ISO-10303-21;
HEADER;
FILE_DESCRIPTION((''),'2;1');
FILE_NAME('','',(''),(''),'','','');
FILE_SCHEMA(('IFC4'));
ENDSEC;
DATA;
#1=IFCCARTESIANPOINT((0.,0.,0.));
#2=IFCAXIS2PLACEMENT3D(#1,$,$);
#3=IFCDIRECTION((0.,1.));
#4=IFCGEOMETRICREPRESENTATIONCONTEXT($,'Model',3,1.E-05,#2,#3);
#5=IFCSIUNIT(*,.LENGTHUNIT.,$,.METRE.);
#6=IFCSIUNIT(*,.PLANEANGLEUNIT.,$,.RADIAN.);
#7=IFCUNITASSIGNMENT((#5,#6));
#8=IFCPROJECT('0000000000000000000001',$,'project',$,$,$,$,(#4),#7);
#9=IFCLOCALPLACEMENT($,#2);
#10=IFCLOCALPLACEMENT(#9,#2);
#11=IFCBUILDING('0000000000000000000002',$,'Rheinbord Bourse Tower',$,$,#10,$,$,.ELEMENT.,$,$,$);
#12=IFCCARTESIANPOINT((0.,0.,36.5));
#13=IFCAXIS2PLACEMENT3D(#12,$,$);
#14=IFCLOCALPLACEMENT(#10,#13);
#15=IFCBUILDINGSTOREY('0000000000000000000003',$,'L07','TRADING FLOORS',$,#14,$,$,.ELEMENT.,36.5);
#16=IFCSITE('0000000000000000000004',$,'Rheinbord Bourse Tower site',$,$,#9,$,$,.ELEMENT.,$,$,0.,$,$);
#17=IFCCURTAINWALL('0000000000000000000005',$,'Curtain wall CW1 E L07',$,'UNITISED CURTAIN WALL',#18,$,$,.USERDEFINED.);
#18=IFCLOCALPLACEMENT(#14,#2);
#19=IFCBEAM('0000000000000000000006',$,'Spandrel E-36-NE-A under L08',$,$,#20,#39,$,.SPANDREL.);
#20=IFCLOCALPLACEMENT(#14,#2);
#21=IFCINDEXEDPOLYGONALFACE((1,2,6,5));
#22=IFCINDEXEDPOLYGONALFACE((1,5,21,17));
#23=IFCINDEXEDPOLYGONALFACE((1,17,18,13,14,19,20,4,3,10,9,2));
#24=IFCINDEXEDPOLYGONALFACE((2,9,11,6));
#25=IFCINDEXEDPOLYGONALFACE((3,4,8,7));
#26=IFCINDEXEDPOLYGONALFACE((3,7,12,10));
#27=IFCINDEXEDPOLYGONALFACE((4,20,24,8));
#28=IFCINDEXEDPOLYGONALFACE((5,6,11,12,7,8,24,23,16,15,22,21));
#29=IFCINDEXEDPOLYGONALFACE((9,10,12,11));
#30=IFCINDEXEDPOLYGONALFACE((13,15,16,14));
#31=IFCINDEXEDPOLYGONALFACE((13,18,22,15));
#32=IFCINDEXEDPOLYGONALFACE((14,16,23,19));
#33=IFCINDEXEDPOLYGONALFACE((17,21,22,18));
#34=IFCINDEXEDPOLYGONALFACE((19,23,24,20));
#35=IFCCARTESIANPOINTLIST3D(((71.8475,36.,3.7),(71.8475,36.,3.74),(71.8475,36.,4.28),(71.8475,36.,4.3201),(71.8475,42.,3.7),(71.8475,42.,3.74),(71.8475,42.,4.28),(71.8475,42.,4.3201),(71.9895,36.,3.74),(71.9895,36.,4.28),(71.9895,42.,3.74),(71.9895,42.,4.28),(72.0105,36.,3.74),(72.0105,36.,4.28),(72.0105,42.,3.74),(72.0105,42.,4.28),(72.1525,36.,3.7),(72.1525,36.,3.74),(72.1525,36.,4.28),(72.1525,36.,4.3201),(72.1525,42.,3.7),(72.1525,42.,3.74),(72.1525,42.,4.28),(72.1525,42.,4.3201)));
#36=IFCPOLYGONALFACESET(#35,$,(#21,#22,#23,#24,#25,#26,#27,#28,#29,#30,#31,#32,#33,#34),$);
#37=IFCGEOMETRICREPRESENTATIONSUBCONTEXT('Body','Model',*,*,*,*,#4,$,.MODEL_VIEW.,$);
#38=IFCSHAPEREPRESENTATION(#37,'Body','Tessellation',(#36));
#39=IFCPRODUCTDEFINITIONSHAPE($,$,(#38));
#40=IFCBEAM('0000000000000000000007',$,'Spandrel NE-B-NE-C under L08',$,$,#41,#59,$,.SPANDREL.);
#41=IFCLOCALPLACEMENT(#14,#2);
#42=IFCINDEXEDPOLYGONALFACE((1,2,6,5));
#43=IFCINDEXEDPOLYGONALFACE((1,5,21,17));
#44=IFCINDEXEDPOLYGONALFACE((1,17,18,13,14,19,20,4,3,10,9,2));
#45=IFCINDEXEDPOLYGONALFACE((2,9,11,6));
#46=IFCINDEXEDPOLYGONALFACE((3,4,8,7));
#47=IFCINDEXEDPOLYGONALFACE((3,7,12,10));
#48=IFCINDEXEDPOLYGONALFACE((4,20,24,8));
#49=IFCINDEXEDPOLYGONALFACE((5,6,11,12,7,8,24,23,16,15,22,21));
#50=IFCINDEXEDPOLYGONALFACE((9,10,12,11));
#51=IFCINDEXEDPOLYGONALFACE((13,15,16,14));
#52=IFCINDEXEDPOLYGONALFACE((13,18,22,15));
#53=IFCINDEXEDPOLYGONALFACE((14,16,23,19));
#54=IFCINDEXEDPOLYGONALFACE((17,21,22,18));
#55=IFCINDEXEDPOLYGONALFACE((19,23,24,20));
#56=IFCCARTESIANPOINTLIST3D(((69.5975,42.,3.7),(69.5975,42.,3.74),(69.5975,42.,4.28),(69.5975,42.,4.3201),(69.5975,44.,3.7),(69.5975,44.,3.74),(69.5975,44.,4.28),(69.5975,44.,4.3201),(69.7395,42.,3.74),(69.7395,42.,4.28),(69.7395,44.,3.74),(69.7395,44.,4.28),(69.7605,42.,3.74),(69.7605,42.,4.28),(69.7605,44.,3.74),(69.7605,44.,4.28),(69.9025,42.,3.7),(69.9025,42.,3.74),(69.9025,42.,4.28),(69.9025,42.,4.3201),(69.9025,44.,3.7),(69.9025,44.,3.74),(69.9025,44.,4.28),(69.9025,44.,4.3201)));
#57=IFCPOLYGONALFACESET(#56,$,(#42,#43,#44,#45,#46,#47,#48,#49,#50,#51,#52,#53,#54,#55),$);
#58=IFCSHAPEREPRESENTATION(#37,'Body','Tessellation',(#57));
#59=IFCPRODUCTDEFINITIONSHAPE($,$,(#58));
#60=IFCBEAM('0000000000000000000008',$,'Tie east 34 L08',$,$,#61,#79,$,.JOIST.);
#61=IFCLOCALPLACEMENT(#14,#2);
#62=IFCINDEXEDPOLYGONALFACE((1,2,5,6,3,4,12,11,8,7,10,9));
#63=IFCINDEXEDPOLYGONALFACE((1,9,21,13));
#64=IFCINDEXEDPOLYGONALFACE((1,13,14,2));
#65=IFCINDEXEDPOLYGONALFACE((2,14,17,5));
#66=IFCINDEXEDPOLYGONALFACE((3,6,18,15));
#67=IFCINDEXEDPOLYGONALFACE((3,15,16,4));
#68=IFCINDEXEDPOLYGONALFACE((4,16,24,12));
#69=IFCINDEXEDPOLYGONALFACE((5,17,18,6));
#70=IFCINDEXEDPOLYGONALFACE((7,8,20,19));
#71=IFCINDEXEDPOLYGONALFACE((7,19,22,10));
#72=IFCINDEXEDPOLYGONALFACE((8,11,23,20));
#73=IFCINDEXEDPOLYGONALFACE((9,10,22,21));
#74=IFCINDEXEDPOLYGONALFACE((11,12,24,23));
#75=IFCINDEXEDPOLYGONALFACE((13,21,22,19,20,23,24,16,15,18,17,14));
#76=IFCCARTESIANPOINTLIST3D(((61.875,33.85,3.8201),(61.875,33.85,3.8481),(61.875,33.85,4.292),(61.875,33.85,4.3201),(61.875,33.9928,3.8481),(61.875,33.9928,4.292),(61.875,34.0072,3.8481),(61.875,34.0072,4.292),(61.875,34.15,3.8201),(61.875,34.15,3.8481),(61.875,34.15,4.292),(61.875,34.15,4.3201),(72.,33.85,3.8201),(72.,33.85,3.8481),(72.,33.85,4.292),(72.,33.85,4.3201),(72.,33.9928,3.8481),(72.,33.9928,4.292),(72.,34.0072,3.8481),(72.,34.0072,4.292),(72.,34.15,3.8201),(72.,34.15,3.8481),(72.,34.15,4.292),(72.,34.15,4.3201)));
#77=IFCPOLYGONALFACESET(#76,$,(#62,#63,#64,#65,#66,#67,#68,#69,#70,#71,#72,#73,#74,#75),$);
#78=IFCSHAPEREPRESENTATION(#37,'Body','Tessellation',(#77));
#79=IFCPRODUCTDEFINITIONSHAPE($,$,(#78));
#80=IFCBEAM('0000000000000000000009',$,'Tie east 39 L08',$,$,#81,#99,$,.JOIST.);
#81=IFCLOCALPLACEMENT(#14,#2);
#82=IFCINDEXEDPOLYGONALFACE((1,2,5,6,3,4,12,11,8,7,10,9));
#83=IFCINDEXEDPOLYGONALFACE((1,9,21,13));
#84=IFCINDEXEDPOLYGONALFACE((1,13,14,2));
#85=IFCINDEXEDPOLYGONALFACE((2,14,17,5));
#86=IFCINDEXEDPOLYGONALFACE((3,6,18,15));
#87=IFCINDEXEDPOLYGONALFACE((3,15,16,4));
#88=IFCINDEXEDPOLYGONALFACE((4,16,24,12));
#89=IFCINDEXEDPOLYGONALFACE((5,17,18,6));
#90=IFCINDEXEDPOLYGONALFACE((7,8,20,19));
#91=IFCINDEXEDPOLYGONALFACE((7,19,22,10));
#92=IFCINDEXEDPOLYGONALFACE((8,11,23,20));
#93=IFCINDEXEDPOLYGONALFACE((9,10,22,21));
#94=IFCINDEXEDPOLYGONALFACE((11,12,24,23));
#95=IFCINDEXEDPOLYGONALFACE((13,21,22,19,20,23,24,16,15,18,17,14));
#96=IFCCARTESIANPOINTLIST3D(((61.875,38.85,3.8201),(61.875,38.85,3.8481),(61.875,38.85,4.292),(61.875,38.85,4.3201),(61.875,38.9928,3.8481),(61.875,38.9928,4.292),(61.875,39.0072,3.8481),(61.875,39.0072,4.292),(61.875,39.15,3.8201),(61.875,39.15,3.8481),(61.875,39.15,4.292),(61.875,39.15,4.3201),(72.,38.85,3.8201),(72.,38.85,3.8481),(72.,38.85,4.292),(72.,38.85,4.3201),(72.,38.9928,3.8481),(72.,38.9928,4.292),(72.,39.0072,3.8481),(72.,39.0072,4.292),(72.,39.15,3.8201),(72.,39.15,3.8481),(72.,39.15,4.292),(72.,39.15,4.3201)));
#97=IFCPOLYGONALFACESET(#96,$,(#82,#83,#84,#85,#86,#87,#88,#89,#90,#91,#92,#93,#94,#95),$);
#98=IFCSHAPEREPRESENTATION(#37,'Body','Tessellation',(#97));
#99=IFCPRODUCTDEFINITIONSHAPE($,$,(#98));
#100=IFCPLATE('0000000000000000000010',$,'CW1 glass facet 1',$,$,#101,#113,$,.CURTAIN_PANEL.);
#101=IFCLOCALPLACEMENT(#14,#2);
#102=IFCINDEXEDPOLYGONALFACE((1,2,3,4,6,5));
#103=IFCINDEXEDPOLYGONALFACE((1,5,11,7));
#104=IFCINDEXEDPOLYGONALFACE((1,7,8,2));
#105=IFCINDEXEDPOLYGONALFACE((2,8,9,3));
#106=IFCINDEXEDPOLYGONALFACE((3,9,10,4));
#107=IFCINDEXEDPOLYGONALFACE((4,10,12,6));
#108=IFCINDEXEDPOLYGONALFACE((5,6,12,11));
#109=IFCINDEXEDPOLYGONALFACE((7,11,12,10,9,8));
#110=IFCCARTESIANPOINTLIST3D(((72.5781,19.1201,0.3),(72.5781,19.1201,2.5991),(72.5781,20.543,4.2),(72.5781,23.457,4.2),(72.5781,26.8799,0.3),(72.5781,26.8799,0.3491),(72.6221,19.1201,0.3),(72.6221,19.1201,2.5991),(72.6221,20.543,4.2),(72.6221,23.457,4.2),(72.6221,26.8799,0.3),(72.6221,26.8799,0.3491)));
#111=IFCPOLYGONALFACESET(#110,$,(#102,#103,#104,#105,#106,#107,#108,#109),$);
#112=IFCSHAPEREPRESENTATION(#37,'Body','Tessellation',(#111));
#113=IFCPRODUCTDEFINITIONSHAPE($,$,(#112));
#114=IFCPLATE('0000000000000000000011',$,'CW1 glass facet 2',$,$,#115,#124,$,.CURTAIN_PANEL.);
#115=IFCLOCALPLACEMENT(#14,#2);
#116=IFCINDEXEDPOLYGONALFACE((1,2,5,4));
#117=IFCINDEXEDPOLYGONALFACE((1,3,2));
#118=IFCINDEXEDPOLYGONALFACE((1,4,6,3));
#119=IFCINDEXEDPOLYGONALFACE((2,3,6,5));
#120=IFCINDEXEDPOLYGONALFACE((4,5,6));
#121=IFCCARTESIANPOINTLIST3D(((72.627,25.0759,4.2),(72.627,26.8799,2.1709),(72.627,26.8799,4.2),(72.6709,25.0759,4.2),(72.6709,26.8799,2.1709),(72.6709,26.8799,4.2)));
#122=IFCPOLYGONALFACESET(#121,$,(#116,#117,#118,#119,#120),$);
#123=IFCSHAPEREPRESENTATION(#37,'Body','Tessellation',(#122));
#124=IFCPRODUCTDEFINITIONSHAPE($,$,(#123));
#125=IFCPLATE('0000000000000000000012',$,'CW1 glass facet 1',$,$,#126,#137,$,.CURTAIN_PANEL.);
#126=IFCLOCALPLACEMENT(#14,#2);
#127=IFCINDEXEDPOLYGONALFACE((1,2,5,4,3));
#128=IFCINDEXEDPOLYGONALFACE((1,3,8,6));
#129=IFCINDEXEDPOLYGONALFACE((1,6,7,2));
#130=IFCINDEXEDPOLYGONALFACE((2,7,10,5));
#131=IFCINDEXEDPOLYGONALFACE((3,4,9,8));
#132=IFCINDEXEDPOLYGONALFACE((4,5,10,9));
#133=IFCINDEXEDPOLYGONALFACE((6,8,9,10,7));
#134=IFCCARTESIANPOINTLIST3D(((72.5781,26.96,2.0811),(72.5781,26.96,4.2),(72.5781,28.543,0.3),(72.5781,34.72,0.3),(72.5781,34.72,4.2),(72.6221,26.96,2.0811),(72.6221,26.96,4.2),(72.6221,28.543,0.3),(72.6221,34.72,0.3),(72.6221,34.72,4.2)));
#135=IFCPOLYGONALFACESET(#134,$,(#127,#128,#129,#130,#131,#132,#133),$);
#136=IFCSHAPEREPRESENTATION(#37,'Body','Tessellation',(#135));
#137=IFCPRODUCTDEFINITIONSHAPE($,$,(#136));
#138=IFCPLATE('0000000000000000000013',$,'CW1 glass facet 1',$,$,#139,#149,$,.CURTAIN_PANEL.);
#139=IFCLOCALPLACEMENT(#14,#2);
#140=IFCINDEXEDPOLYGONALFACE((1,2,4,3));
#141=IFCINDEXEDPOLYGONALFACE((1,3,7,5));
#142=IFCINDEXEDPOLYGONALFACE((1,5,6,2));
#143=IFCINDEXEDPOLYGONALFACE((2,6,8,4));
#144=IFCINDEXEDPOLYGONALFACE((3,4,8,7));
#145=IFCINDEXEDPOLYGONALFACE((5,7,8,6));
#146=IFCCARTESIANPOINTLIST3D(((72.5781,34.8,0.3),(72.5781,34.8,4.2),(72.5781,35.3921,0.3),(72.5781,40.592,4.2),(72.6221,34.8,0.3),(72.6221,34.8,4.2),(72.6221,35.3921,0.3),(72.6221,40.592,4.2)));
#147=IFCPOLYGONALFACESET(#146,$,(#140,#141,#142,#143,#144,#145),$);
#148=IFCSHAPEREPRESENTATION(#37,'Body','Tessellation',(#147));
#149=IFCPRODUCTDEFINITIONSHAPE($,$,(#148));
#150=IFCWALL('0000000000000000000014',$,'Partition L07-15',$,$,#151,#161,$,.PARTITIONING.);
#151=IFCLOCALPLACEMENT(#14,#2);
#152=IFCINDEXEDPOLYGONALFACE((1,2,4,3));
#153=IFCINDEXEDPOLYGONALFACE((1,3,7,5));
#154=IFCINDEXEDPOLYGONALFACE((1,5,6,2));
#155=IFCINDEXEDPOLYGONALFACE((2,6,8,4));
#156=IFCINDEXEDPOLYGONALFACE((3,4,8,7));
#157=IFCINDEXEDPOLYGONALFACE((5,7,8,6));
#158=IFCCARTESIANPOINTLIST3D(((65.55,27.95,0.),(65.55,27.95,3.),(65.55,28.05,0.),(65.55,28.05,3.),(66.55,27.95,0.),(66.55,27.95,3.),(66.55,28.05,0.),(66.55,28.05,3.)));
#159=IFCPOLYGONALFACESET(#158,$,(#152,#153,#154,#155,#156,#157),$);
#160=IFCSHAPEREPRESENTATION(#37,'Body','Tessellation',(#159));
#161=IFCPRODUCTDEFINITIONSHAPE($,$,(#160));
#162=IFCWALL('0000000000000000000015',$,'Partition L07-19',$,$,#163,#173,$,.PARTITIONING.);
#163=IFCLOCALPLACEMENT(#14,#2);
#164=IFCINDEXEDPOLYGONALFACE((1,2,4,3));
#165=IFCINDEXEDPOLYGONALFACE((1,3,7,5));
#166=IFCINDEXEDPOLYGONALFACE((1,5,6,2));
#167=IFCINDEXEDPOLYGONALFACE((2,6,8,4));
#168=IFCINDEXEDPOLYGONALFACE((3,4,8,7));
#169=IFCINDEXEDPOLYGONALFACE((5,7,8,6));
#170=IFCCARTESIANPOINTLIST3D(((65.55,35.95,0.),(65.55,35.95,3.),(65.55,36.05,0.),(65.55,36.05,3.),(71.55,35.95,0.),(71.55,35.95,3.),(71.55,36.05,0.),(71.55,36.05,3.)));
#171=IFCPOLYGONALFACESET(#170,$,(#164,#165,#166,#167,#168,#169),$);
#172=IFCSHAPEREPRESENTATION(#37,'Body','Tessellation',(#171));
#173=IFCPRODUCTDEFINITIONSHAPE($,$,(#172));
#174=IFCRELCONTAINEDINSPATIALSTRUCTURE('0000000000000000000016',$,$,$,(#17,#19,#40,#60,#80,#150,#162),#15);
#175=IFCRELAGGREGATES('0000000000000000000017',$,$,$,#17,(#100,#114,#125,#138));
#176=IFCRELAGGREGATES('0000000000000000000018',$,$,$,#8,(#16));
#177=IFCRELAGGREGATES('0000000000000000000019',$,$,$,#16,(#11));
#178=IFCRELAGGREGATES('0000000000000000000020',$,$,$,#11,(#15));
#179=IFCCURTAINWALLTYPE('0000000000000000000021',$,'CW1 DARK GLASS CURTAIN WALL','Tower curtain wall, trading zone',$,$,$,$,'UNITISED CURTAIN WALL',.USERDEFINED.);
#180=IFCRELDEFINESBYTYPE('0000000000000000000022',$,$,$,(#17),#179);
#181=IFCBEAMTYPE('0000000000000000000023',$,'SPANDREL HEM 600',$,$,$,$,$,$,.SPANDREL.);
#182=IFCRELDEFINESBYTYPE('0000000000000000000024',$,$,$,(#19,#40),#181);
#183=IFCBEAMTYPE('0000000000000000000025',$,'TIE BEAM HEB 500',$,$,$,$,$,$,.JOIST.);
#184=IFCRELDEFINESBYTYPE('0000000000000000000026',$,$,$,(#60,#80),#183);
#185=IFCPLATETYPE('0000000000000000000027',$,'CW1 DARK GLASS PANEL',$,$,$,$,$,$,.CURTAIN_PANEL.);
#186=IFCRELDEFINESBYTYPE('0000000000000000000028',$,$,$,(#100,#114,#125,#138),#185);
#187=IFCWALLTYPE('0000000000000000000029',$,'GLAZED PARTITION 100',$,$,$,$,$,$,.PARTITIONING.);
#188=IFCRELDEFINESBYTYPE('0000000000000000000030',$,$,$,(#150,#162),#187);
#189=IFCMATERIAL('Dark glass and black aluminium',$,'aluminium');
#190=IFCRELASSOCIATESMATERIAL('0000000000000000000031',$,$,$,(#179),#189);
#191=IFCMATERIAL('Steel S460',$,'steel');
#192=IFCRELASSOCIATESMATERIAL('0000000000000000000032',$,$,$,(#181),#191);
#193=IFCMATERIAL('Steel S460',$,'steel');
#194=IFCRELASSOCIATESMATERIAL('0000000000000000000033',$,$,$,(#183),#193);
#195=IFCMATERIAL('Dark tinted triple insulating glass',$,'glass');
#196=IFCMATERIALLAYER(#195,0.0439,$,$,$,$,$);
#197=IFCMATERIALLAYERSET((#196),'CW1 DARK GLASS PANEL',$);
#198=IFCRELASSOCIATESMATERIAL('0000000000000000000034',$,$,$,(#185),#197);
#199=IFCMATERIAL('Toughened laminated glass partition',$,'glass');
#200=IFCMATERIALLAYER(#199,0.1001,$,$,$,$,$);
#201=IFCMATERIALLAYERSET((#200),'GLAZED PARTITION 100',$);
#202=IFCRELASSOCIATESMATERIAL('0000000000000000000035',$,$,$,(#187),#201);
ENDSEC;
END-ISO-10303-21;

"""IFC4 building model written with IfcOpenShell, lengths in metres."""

from ifc_helpers import new_model, si_unit, direction, frame, frame_2d, origin, origin_2d, place, context, subcontext, project, spatial, polyline, rectangle, i_section, outline, extrude, material, layer, layer_set, material_profile, profile_set, type_object, element, aggregate, save


model = new_model("IFC4")

# Units and contexts
model_context = context("Model", 3, precision=1e-05, world=origin(), true_north=direction((0.0, 1.0)))
body_context = subcontext(model_context, "Body", "Model", "MODEL_VIEW")
ifc_project = project(units=[si_unit("LENGTHUNIT", "METRE"), si_unit("PLANEANGLEUNIT", "RADIAN")], contexts=[model_context])

# Site, building, storey
site_placement = place(None, origin())
site = spatial("IfcSite", under=ifc_project, at=site_placement, Name="Rheinbord Bourse Tower site", CompositionType="ELEMENT", RefElevation=0.0)
building_placement = place(site_placement, origin())
building = spatial("IfcBuilding", under=site, at=building_placement, Name="Rheinbord Bourse Tower", CompositionType="ELEMENT")
storey_placement = place(building_placement, frame((0.0, 0.0, 36.5)))
storey = spatial("IfcBuildingStorey", under=building, at=storey_placement, Name="L07", Description="TRADING FLOORS", CompositionType="ELEMENT", Elevation=36.5)

# Curtain wall
ifc_material_1 = material(Name="Dark glass and black aluminium", Category="aluminium")
curtain_wall_type = type_object("IfcCurtainWallType", Name="CW1 DARK GLASS CURTAIN WALL", Description="Tower curtain wall, trading zone", ElementType="UNITISED CURTAIN WALL", PredefinedType="USERDEFINED", material=ifc_material_1)
curtain_wall_placement = place(storey_placement, origin())
curtain_wall = element("IfcCurtainWall", 1, at=curtain_wall_placement, inside=storey, type_object=curtain_wall_type, Name="Curtain wall CW1 E L07", ObjectType="UNITISED CURTAIN WALL", PredefinedType="USERDEFINED")

# Beams
ifc_material_2 = material(Name="Steel S460", Category="steel")
ifc_material_profile_1 = material_profile(ifc_material_2, i_section(OverallWidth=0.3049, OverallDepth=0.6201, WebThickness=0.021, FlangeThickness=0.04, at=origin_2d()), Name="HEM 600")
ifc_profile_set_1 = profile_set([ifc_material_profile_1], Name="Steel S460")
beam_type_1 = type_object("IfcBeamType", Name="SPANDREL HEM 600", PredefinedType="SPANDREL", material=ifc_profile_set_1)
beam_1_placement = place(storey_placement, frame((72.0, 36.0, 4.01), z_axis=(0.0, 1.0, 0.0), x_axis=(-1.0, 0.0, 0.0)))
element("IfcBeam", 2, at=beam_1_placement, inside=storey, type_object=beam_type_1, Name="Spandrel E-36-NE-A under L08", PredefinedType="SPANDREL", context=body_context, shape_type="SweptSolid", body=[
    extrude(i_section(OverallWidth=0.3049, OverallDepth=0.6201, WebThickness=0.021, FlangeThickness=0.04, at=origin_2d()), origin(), (0.0, 0.0, 1.0), 6.0),
])
beam_2_placement = place(storey_placement, frame((69.75, 42.0, 4.01), z_axis=(0.0, 1.0, 0.0), x_axis=(-1.0, 0.0, 0.0)))
element("IfcBeam", 3, at=beam_2_placement, inside=storey, type_object=beam_type_1, Name="Spandrel NE-B-NE-C under L08", PredefinedType="SPANDREL", context=body_context, shape_type="SweptSolid", body=[
    extrude(i_section(OverallWidth=0.3049, OverallDepth=0.6201, WebThickness=0.021, FlangeThickness=0.04, at=origin_2d()), origin(), (0.0, 0.0, 1.0), 2.0),
])
ifc_material_3 = material(Name="Steel S460", Category="steel")
ifc_material_profile_2 = material_profile(ifc_material_3, i_section(OverallWidth=0.3, OverallDepth=0.5, WebThickness=0.0144, FlangeThickness=0.0281, at=origin_2d()), Name="HEB 500")
ifc_profile_set_2 = profile_set([ifc_material_profile_2], Name="Steel S460")
beam_type_2 = type_object("IfcBeamType", Name="TIE BEAM HEB 500", PredefinedType="JOIST", material=ifc_profile_set_2)
for number, where, z_axis, x_axis, name in (
    (4, (61.875, 34.0, 4.0701), (1.0, 0.0, 0.0), (0.0, 1.0, 0.0), "Tie east 34 L08"),
    (5, (61.875, 39.0, 4.0701), (1.0, 0.0, 0.0), (0.0, 1.0, 0.0), "Tie east 39 L08"),
):
    element("IfcBeam", number, at=place(storey_placement, frame(where, z_axis=z_axis, x_axis=x_axis)), inside=storey, type_object=beam_type_2, Name=name, PredefinedType="JOIST", context=body_context, shape_type="SweptSolid", body=[
        extrude(i_section(OverallWidth=0.3, OverallDepth=0.5, WebThickness=0.0144, FlangeThickness=0.0281, at=origin_2d()), origin(), (0.0, 0.0, 1.0), 10.125),
    ])

# Plates
ifc_material_4 = material(Name="Dark tinted triple insulating glass", Category="glass")
ifc_layer_1 = layer(ifc_material_4, 0.0439)
ifc_layer_set_1 = layer_set([ifc_layer_1], Name="CW1 DARK GLASS PANEL")
plate_type = type_object("IfcPlateType", Name="CW1 DARK GLASS PANEL", PredefinedType="CURTAIN_PANEL", material=ifc_layer_set_1)
plate_1_placement = place(storey_placement, frame((72.6221, 26.8799, 0.3), z_axis=(-1.0, 0.0, 0.0), x_axis=(0.0, -1.0, 0.0)))
plate_1 = element("IfcPlate", 6, at=plate_1_placement, type_object=plate_type, Name="CW1 glass facet 1", PredefinedType="CURTAIN_PANEL", context=body_context, shape_type="SweptSolid", body=[
    extrude(outline(polyline([(0.0, 0.0), (7.7598, 0.0), (7.7598, 2.2991), (6.3369, 3.8999), (3.4229, 3.8999), (0.0, 0.0491), (0.0, 0.0)])), origin(), (0.0, 0.0, 1.0), 0.0439),
])
plate_2_placement = place(storey_placement, frame((72.6709, 26.8799, 4.2), z_axis=(-1.0, 0.0, 0.0), x_axis=(0.0, 0.0, -1.0)))
plate_2 = element("IfcPlate", 7, at=plate_2_placement, type_object=plate_type, Name="CW1 glass facet 2", PredefinedType="CURTAIN_PANEL", context=body_context, shape_type="SweptSolid", body=[
    extrude(outline(polyline([(0.0, 0.0), (2.0291, 0.0), (0.0, 1.804), (0.0, 0.0)])), origin(), (0.0, 0.0, 1.0), 0.0439),
])
plate_3_placement = place(storey_placement, frame((72.6221, 26.96, 4.2), z_axis=(-1.0, 0.0, 0.0), x_axis=(0.0, 1.0, 0.0)))
plate_3 = element("IfcPlate", 8, at=plate_3_placement, type_object=plate_type, Name="CW1 glass facet 1", PredefinedType="CURTAIN_PANEL", context=body_context, shape_type="SweptSolid", body=[
    extrude(outline(polyline([(0.0, 0.0), (7.76, 0.0), (7.76, 3.8999), (1.583, 3.8999), (0.0, 2.1189), (0.0, 0.0)])), origin(), (0.0, 0.0, 1.0), 0.0439),
])
plate_4_placement = place(storey_placement, frame((72.6221, 34.8, 0.3), z_axis=(-1.0, 0.0, 0.0), x_axis=(0.0, 0.0, 1.0)))
plate_4 = element("IfcPlate", 9, at=plate_4_placement, type_object=plate_type, Name="CW1 glass facet 1", PredefinedType="CURTAIN_PANEL", context=body_context, shape_type="SweptSolid", body=[
    extrude(outline(polyline([(0.0, 0.0), (3.8999, 0.0), (3.8999, 5.792), (0.0, 0.592), (0.0, 0.0)])), origin(), (0.0, 0.0, 1.0), 0.0439),
])
aggregate(curtain_wall, [plate_1, plate_2, plate_3, plate_4])

# Walls
ifc_material_5 = material(Name="Toughened laminated glass partition", Category="glass")
ifc_layer_2 = layer(ifc_material_5, 0.1001)
ifc_layer_set_2 = layer_set([ifc_layer_2], Name="GLAZED PARTITION 100")
wall_type_1 = type_object("IfcWallType", Name="GLAZED PARTITION 100", PredefinedType="PARTITIONING", material=ifc_layer_set_2)
wall_1_placement = place(storey_placement, frame((65.55, 28.0, 0.0), z_axis=(0.0, 0.0, 1.0), x_axis=(1.0, 0.0, 0.0)))
element("IfcWall", 10, at=wall_1_placement, inside=storey, type_object=wall_type_1, Name="Partition L07-15", PredefinedType="PARTITIONING", context=body_context, shape_type="SweptSolid", body=[
    extrude(rectangle(XDim=1.0, YDim=0.1001, at=frame_2d((0.5, 0.0))), origin(), (0.0, 0.0, 1.0), 3.0),
])
wall_2_placement = place(storey_placement, frame((65.55, 36.0, 0.0), z_axis=(0.0, 0.0, 1.0), x_axis=(1.0, 0.0, 0.0)))
element("IfcWall", 11, at=wall_2_placement, inside=storey, type_object=wall_type_1, Name="Partition L07-19", PredefinedType="PARTITIONING", context=body_context, shape_type="SweptSolid", body=[
    extrude(rectangle(XDim=6.0, YDim=0.1001, at=frame_2d((3.0, 0.0))), origin(), (0.0, 0.0, 1.0), 3.0),
])

save(model, "model.ifc")
